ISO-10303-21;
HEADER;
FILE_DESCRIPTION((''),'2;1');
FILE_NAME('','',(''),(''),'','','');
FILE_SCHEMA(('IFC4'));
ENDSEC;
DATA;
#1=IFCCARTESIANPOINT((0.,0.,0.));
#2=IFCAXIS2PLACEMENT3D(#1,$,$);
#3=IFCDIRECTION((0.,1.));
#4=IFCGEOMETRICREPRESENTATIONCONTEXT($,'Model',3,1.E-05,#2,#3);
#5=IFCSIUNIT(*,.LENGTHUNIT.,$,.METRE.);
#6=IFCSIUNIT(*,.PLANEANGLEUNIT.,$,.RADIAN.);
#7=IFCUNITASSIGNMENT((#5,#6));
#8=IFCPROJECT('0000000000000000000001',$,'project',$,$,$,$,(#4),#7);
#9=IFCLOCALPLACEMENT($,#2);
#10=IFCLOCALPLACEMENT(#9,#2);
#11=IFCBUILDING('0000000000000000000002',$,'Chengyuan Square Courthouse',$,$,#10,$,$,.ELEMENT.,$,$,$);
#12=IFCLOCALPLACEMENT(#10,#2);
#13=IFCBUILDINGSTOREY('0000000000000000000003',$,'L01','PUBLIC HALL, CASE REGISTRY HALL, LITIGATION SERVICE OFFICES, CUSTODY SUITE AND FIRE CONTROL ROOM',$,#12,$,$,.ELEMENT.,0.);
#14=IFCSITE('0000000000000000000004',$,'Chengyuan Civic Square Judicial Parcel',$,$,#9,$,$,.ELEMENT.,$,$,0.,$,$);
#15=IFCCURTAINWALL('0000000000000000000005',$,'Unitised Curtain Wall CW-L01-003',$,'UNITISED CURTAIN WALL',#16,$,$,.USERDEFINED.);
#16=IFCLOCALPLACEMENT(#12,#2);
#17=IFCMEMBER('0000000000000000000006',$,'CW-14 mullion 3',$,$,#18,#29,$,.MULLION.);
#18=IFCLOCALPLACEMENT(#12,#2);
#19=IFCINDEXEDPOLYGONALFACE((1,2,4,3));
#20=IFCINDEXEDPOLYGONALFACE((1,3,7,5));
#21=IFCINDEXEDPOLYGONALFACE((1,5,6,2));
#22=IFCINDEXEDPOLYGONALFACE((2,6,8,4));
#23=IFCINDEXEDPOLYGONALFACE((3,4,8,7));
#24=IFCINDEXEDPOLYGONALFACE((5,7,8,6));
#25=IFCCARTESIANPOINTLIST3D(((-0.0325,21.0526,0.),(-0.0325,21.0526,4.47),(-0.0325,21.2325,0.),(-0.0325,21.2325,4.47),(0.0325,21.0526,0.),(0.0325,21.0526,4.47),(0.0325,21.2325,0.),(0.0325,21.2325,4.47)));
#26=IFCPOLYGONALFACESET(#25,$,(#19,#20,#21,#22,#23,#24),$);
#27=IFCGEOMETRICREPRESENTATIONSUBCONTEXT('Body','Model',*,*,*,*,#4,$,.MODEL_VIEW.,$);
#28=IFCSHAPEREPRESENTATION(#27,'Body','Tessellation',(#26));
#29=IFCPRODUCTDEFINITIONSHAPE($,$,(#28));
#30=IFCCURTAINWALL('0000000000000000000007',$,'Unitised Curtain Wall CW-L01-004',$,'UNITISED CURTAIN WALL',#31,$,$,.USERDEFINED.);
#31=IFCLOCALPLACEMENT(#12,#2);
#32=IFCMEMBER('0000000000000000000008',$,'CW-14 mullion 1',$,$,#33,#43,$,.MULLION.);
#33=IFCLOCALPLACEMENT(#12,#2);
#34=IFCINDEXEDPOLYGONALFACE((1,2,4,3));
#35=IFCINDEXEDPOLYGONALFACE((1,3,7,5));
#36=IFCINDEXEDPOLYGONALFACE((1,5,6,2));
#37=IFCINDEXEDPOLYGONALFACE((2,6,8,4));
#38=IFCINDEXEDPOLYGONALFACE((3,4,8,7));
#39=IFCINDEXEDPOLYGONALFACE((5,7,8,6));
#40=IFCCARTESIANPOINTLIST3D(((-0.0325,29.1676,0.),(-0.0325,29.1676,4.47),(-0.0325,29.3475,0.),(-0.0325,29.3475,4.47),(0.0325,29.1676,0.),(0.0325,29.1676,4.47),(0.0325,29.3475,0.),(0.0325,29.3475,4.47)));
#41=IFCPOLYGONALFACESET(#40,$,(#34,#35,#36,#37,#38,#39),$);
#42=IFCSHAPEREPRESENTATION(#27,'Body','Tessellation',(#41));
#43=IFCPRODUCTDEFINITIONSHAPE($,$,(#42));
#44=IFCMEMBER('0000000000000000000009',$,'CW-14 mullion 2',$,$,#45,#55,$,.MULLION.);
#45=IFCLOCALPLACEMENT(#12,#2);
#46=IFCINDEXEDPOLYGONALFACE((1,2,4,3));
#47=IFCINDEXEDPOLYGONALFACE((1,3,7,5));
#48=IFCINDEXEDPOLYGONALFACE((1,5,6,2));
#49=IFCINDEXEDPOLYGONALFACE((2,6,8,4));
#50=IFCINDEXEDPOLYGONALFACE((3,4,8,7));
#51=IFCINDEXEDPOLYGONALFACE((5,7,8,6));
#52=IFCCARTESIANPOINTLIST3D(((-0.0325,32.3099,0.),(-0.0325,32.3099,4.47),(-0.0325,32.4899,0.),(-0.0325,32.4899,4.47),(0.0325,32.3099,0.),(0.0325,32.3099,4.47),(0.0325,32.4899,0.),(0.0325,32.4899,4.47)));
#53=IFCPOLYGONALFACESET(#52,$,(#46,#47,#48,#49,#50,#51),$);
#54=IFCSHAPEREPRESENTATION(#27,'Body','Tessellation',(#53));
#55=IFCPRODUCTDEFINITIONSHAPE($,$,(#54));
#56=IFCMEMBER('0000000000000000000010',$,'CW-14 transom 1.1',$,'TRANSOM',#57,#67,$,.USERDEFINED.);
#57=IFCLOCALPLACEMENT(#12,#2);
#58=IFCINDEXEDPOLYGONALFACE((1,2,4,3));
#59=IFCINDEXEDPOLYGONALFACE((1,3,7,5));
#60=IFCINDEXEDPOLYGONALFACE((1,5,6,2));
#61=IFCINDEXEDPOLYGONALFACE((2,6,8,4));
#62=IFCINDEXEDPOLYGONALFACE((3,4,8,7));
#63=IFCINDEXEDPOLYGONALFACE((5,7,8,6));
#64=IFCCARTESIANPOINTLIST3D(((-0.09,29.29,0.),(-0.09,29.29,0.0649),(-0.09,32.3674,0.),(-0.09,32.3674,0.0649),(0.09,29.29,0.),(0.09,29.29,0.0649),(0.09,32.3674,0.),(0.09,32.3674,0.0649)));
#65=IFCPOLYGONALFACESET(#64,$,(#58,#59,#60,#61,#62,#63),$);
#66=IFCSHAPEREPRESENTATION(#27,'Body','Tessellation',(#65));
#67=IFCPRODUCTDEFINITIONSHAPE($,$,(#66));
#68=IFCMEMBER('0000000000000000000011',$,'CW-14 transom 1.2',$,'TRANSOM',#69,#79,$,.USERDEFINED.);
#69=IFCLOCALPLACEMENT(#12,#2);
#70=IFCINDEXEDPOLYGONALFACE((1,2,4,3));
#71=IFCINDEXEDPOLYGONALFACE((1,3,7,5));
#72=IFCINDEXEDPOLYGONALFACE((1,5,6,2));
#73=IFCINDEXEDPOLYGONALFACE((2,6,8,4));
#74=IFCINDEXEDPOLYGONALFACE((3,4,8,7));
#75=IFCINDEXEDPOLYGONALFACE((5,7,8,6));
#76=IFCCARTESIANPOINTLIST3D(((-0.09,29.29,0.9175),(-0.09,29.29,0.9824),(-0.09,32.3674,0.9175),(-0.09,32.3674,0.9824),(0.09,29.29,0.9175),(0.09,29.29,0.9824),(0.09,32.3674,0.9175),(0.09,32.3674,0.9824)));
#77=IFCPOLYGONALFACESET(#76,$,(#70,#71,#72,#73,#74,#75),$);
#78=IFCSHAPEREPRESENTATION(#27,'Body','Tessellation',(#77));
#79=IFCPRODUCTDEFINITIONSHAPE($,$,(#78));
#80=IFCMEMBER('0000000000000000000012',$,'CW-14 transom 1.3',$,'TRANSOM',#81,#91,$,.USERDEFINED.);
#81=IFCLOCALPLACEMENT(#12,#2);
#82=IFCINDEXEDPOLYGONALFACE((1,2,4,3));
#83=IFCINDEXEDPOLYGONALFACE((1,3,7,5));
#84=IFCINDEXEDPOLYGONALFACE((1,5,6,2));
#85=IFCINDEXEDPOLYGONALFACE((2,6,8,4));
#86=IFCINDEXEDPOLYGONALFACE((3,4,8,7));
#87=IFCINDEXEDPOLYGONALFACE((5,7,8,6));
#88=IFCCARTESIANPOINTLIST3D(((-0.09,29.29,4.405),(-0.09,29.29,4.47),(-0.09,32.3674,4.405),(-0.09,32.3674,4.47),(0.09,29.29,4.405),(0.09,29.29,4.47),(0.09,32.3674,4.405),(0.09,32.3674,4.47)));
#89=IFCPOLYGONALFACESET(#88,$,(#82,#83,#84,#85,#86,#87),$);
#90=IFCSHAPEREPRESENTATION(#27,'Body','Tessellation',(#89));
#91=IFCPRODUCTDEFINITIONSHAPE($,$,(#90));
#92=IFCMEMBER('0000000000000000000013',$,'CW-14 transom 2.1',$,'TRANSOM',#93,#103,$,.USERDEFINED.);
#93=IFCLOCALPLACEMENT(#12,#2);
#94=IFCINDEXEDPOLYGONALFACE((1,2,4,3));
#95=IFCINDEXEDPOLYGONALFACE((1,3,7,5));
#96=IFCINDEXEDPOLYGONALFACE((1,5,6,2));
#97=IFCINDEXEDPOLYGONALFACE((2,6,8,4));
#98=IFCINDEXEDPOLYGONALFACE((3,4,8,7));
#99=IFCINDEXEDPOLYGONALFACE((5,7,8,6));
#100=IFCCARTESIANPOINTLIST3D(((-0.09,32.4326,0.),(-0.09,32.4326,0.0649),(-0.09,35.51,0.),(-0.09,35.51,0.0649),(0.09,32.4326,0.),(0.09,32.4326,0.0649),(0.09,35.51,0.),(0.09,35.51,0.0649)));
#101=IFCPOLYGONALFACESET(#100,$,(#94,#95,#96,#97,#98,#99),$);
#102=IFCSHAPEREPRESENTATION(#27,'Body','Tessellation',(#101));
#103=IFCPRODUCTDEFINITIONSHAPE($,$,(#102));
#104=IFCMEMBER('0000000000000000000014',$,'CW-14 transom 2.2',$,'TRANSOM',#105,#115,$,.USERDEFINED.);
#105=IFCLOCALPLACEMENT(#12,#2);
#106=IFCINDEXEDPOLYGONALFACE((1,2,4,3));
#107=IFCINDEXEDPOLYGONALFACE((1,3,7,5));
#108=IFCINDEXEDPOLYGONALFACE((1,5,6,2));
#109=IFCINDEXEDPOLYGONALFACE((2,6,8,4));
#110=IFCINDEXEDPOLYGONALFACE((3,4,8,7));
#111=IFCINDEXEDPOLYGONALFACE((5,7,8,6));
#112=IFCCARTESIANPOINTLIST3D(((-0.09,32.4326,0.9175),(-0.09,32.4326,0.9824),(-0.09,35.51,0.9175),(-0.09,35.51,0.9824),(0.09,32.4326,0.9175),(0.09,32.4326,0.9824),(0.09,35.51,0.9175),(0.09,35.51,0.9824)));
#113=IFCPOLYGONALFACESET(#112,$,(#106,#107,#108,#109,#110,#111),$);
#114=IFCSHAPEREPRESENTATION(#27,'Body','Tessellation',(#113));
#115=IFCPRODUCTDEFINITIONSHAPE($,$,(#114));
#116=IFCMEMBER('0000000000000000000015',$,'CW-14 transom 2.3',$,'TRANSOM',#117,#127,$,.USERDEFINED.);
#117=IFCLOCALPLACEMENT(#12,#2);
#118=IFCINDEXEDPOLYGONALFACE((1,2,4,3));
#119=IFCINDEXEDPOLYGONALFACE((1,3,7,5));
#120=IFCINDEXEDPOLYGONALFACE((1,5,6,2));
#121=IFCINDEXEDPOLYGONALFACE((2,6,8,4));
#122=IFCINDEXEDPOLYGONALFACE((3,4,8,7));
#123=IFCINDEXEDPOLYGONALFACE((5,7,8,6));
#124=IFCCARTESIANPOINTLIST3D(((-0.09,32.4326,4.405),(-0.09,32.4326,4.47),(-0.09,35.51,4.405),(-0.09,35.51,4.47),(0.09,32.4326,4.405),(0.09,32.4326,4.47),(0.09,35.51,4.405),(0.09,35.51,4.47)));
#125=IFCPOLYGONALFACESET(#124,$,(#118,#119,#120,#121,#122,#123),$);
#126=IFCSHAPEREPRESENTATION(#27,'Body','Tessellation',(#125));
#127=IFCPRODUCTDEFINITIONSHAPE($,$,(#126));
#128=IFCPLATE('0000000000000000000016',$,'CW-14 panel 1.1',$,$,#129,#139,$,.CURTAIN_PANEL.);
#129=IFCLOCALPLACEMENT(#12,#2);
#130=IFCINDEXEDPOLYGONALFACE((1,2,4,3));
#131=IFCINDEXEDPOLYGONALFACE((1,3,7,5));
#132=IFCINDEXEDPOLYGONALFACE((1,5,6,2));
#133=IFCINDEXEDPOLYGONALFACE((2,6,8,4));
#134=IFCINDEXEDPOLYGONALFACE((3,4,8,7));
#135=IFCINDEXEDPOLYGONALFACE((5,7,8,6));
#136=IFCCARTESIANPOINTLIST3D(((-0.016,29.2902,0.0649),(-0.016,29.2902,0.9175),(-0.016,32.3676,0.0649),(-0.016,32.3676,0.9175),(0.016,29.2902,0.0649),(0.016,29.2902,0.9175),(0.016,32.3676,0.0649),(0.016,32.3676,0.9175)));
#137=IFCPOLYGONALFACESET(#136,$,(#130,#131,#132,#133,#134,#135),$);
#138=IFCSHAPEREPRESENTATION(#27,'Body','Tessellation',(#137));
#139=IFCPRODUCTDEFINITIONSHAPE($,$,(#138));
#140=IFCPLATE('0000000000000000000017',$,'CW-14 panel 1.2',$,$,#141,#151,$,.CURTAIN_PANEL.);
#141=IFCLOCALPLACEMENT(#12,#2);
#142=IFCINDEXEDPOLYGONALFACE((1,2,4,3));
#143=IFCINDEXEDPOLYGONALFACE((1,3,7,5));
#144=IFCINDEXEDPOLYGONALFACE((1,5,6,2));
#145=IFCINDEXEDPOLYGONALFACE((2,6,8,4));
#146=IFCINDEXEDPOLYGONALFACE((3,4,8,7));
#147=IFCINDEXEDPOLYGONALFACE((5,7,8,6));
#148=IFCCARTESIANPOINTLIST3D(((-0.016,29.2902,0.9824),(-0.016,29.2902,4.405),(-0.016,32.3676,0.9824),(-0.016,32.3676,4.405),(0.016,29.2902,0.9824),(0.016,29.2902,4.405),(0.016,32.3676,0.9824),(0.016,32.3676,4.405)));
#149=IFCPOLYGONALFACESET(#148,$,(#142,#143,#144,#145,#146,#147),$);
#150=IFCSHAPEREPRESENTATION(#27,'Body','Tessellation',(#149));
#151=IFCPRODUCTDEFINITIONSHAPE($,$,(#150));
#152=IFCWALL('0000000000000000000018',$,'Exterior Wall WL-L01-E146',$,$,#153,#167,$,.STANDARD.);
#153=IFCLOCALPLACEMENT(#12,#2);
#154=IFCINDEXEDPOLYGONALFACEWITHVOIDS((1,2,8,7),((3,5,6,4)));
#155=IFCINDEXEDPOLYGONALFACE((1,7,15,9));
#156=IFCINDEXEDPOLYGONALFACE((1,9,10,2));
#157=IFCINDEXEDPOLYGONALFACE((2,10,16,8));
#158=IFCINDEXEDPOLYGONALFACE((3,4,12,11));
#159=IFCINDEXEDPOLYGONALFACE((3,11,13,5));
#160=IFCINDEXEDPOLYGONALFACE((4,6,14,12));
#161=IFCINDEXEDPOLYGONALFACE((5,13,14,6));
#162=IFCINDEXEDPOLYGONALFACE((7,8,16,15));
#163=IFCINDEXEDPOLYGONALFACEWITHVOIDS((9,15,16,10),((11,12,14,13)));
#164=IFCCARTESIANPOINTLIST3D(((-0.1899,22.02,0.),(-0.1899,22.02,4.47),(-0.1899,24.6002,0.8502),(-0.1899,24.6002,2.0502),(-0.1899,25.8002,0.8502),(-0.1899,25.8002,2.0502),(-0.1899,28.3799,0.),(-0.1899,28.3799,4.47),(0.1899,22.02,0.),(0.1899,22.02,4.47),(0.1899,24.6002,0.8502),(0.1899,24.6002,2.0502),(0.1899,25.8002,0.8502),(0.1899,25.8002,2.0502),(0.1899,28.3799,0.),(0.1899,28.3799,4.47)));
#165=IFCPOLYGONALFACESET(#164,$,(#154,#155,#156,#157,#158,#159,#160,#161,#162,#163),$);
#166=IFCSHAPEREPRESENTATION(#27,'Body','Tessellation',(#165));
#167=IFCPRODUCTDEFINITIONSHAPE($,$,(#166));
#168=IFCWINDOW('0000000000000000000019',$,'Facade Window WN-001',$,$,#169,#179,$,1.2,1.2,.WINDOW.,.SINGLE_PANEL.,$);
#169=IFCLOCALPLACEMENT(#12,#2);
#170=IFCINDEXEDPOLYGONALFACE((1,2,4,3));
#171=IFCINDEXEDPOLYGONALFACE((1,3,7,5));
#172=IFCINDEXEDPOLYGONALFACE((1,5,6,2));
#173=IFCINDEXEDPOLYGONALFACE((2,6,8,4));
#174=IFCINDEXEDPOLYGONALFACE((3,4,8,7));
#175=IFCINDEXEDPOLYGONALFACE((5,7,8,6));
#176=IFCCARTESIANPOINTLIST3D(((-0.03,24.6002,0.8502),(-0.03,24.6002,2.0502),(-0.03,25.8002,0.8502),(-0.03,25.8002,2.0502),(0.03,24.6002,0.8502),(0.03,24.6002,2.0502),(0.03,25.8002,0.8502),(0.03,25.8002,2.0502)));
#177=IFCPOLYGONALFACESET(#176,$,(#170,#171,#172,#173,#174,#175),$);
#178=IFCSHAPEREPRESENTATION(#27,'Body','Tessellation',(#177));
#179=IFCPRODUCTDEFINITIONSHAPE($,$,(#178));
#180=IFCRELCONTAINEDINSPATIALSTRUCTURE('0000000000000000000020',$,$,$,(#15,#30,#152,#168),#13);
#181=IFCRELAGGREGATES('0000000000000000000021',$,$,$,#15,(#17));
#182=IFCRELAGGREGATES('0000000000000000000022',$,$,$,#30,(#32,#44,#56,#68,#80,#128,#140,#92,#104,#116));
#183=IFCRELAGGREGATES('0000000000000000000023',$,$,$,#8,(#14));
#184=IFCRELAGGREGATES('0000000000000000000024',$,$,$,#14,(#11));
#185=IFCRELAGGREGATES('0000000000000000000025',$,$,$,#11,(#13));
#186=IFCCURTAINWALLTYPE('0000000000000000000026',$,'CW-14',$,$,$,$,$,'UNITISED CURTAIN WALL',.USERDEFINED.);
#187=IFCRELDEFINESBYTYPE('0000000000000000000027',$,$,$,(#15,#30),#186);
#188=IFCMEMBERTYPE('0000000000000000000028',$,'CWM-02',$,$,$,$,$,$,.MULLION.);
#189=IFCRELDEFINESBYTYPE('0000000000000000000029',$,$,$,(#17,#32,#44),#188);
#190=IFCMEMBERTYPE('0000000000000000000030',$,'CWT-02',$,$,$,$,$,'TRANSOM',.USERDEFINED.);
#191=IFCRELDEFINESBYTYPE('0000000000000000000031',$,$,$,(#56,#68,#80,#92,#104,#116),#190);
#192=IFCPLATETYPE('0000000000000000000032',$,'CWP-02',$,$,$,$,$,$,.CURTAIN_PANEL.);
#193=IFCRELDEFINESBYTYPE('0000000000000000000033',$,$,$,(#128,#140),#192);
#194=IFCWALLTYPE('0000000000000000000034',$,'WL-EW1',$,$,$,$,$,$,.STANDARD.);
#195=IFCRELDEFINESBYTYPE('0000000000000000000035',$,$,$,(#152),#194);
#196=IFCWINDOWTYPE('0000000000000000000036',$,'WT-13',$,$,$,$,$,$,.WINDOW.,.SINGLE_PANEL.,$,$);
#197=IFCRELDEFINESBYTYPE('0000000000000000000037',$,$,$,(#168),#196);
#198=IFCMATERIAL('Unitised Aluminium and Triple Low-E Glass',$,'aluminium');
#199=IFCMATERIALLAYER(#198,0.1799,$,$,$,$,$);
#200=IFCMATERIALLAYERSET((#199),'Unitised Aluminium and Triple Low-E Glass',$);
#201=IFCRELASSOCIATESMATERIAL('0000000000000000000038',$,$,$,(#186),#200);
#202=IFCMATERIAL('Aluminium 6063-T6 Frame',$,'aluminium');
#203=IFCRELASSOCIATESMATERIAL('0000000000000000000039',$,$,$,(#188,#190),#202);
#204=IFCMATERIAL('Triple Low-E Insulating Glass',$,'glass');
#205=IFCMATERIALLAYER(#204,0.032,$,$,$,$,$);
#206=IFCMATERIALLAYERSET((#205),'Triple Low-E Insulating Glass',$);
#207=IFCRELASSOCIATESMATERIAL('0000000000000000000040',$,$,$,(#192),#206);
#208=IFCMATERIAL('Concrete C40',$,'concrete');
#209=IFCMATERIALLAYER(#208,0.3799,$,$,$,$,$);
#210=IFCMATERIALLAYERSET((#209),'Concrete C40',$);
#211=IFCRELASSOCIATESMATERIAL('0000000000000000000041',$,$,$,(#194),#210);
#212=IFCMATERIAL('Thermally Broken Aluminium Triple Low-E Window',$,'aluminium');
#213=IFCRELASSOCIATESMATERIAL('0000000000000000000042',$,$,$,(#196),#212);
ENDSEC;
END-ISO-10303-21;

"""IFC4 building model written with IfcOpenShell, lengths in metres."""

from ifc_helpers import new_model, si_unit, direction, frame, frame_2d, origin, origin_2d, place, context, subcontext, project, spatial, rectangle, extrude, material, layer, layer_set, material_profile, profile_set, type_object, element, fill, aggregate, save


model = new_model("IFC4")

# Units and contexts
model_context = context("Model", 3, precision=1e-05, world=origin(), true_north=direction((0.0, 1.0)))
body_context = subcontext(model_context, "Body", "Model", "MODEL_VIEW")
ifc_project = project(units=[si_unit("LENGTHUNIT", "METRE"), si_unit("PLANEANGLEUNIT", "RADIAN")], contexts=[model_context])

# Site, building, storey
site_placement = place(None, origin())
site = spatial("IfcSite", under=ifc_project, at=site_placement, Name="Chengyuan Civic Square Judicial Parcel", CompositionType="ELEMENT", RefElevation=0.0)
building_placement = place(site_placement, origin())
building = spatial("IfcBuilding", under=site, at=building_placement, Name="Chengyuan Square Courthouse", CompositionType="ELEMENT")
storey_placement = place(building_placement, origin())
storey = spatial("IfcBuildingStorey", under=building, at=storey_placement, Name="L01", Description="PUBLIC HALL, CASE REGISTRY HALL, LITIGATION SERVICE OFFICES, CUSTODY SUITE AND FIRE CONTROL ROOM", CompositionType="ELEMENT", Elevation=0.0)

# Shared definitions
ifc_material_1 = material(Name="Concrete C40", Category="concrete")

# Curtain wall, member
ifc_material_2 = material(Name="Unitised Aluminium and Triple Low-E Glass", Category="aluminium")
ifc_layer_1 = layer(ifc_material_2, 0.1799)
ifc_layer_set_1 = layer_set([ifc_layer_1], Name="Unitised Aluminium and Triple Low-E Glass")
curtain_wall_type = type_object("IfcCurtainWallType", Name="CW-14", ElementType="UNITISED CURTAIN WALL", PredefinedType="USERDEFINED", material=ifc_layer_set_1)
curtain_wall_1_placement = place(storey_placement, origin())
curtain_wall_1 = element("IfcCurtainWall", 1, at=curtain_wall_1_placement, inside=storey, type_object=curtain_wall_type, Name="Unitised Curtain Wall CW-L01-003", ObjectType="UNITISED CURTAIN WALL", PredefinedType="USERDEFINED")
ifc_material_3 = material(Name="Aluminium 6063-T6 Frame", Category="aluminium")
ifc_material_profile_1 = material_profile(ifc_material_3, rectangle(XDim=0.0649, YDim=0.1799, at=origin_2d()), Name="CW-MUL-65x180")
ifc_profile_set_1 = profile_set([ifc_material_profile_1], Name="Aluminium 6063-T6 Frame")
member_type_1 = type_object("IfcMemberType", Name="CWM-02", PredefinedType="MULLION", material=ifc_profile_set_1)
member_1_placement = place(storey_placement, frame((0.0, 21.1426, 0.0), z_axis=(0.0, 0.0, 1.0), x_axis=(-1.0, 0.0, 0.0)))
member_1 = element("IfcMember", 2, at=member_1_placement, type_object=member_type_1, Name="CW-14 mullion 3", PredefinedType="MULLION", context=body_context, shape_type="SweptSolid", body=[
    extrude(rectangle(XDim=0.0649, YDim=0.1799, at=origin_2d()), origin(), (0.0, 0.0, 1.0), 4.47),
])
aggregate(curtain_wall_1, [member_1])

# Curtain wall, members, plates
curtain_wall_2_placement = place(storey_placement, origin())
curtain_wall_2 = element("IfcCurtainWall", 3, at=curtain_wall_2_placement, inside=storey, type_object=curtain_wall_type, Name="Unitised Curtain Wall CW-L01-004", ObjectType="UNITISED CURTAIN WALL", PredefinedType="USERDEFINED")
member_2_placement = place(storey_placement, frame((0.0, 29.2576, 0.0), z_axis=(0.0, 0.0, 1.0), x_axis=(-1.0, 0.0, 0.0)))
member_2 = element("IfcMember", 4, at=member_2_placement, type_object=member_type_1, Name="CW-14 mullion 1", PredefinedType="MULLION", context=body_context, shape_type="SweptSolid", body=[
    extrude(rectangle(XDim=0.0649, YDim=0.1799, at=origin_2d()), origin(), (0.0, 0.0, 1.0), 4.47),
])
member_3_placement = place(storey_placement, frame((0.0, 32.3999, 0.0), z_axis=(0.0, 0.0, 1.0), x_axis=(-1.0, 0.0, 0.0)))
member_3 = element("IfcMember", 5, at=member_3_placement, type_object=member_type_1, Name="CW-14 mullion 2", PredefinedType="MULLION", context=body_context, shape_type="SweptSolid", body=[
    extrude(rectangle(XDim=0.0649, YDim=0.1799, at=origin_2d()), origin(), (0.0, 0.0, 1.0), 4.47),
])
ifc_material_profile_2 = material_profile(ifc_material_3, rectangle(XDim=0.1799, YDim=0.0649, at=origin_2d()), Name="CW-TRN-65x140")
ifc_profile_set_2 = profile_set([ifc_material_profile_2], Name="Aluminium 6063-T6 Frame")
member_type_2 = type_object("IfcMemberType", Name="CWT-02", ElementType="TRANSOM", PredefinedType="USERDEFINED", material=ifc_profile_set_2)
member_4_placement = place(storey_placement, frame((0.0, 29.29, 0.0325), z_axis=(0.0, 1.0, 0.0), x_axis=(-1.0, 0.0, 0.0)))
member_4 = element("IfcMember", 6, at=member_4_placement, type_object=member_type_2, Name="CW-14 transom 1.1", ObjectType="TRANSOM", PredefinedType="USERDEFINED", context=body_context, shape_type="SweptSolid", body=[
    extrude(rectangle(XDim=0.1799, YDim=0.0649, at=origin_2d()), origin(), (0.0, 0.0, 1.0), 3.0774),
])
member_5_placement = place(storey_placement, frame((0.0, 29.29, 0.95), z_axis=(0.0, 1.0, 0.0), x_axis=(-1.0, 0.0, 0.0)))
member_5 = element("IfcMember", 7, at=member_5_placement, type_object=member_type_2, Name="CW-14 transom 1.2", ObjectType="TRANSOM", PredefinedType="USERDEFINED", context=body_context, shape_type="SweptSolid", body=[
    extrude(rectangle(XDim=0.1799, YDim=0.0649, at=origin_2d()), origin(), (0.0, 0.0, 1.0), 3.0774),
])
member_6_placement = place(storey_placement, frame((0.0, 29.29, 4.4375), z_axis=(0.0, 1.0, 0.0), x_axis=(-1.0, 0.0, 0.0)))
member_6 = element("IfcMember", 8, at=member_6_placement, type_object=member_type_2, Name="CW-14 transom 1.3", ObjectType="TRANSOM", PredefinedType="USERDEFINED", context=body_context, shape_type="SweptSolid", body=[
    extrude(rectangle(XDim=0.1799, YDim=0.0649, at=origin_2d()), origin(), (0.0, 0.0, 1.0), 3.0774),
])
member_7_placement = place(storey_placement, frame((0.0, 32.4326, 0.0325), z_axis=(0.0, 1.0, 0.0), x_axis=(-1.0, 0.0, 0.0)))
member_7 = element("IfcMember", 9, at=member_7_placement, type_object=member_type_2, Name="CW-14 transom 2.1", ObjectType="TRANSOM", PredefinedType="USERDEFINED", context=body_context, shape_type="SweptSolid", body=[
    extrude(rectangle(XDim=0.1799, YDim=0.0649, at=origin_2d()), origin(), (0.0, 0.0, 1.0), 3.0774),
])
member_8_placement = place(storey_placement, frame((0.0, 32.4326, 0.95), z_axis=(0.0, 1.0, 0.0), x_axis=(-1.0, 0.0, 0.0)))
member_8 = element("IfcMember", 10, at=member_8_placement, type_object=member_type_2, Name="CW-14 transom 2.2", ObjectType="TRANSOM", PredefinedType="USERDEFINED", context=body_context, shape_type="SweptSolid", body=[
    extrude(rectangle(XDim=0.1799, YDim=0.0649, at=origin_2d()), origin(), (0.0, 0.0, 1.0), 3.0774),
])
member_9_placement = place(storey_placement, frame((0.0, 32.4326, 4.4375), z_axis=(0.0, 1.0, 0.0), x_axis=(-1.0, 0.0, 0.0)))
member_9 = element("IfcMember", 11, at=member_9_placement, type_object=member_type_2, Name="CW-14 transom 2.3", ObjectType="TRANSOM", PredefinedType="USERDEFINED", context=body_context, shape_type="SweptSolid", body=[
    extrude(rectangle(XDim=0.1799, YDim=0.0649, at=origin_2d()), origin(), (0.0, 0.0, 1.0), 3.0774),
])
ifc_material_4 = material(Name="Triple Low-E Insulating Glass", Category="glass")
ifc_layer_2 = layer(ifc_material_4, 0.032)
ifc_layer_set_2 = layer_set([ifc_layer_2], Name="Triple Low-E Insulating Glass")
plate_type = type_object("IfcPlateType", Name="CWP-02", PredefinedType="CURTAIN_PANEL", material=ifc_layer_set_2)
plate_1_placement = place(storey_placement, frame((0.0, 30.8289, 0.0649), z_axis=(0.0, 0.0, 1.0), x_axis=(0.0, 1.0, 0.0)))
plate_1 = element("IfcPlate", 12, at=plate_1_placement, type_object=plate_type, Name="CW-14 panel 1.1", PredefinedType="CURTAIN_PANEL", context=body_context, shape_type="SweptSolid", body=[
    extrude(rectangle(XDim=3.0774, YDim=0.032, at=origin_2d()), origin(), (0.0, 0.0, 1.0), 0.8525),
])
plate_2_placement = place(storey_placement, frame((0.0, 30.8289, 0.9824), z_axis=(0.0, 0.0, 1.0), x_axis=(0.0, 1.0, 0.0)))
plate_2 = element("IfcPlate", 13, at=plate_2_placement, type_object=plate_type, Name="CW-14 panel 1.2", PredefinedType="CURTAIN_PANEL", context=body_context, shape_type="SweptSolid", body=[
    extrude(rectangle(XDim=3.0774, YDim=0.032, at=origin_2d()), origin(), (0.0, 0.0, 1.0), 3.4226),
])
aggregate(curtain_wall_2, [member_2, member_3, member_4, member_5, member_6, plate_1, plate_2, member_7, member_8, member_9])

# Wall, opening, window
ifc_layer_3 = layer(ifc_material_1, 0.3799)
ifc_layer_set_3 = layer_set([ifc_layer_3], Name="Concrete C40")
wall_type_1 = type_object("IfcWallType", Name="WL-EW1", PredefinedType="STANDARD", material=ifc_layer_set_3)
wall_placement = place(storey_placement, frame((0.0, 22.02, 0.0), z_axis=(0.0, 0.0, 1.0), x_axis=(0.0, 1.0, 0.0)))
wall = element("IfcWall", 14, at=wall_placement, inside=storey, type_object=wall_type_1, Name="Exterior Wall WL-L01-E146", PredefinedType="STANDARD", context=body_context, shape_type="SweptSolid", body=[
    extrude(rectangle(XDim=6.3599, YDim=0.3799, at=frame_2d((3.1799, 0.0))), origin(), (0.0, 0.0, 1.0), 4.47),
])
opening_placement = place(wall_placement, frame((2.5801, 0.0, 0.8501)))
opening = element("IfcOpeningElement", 15, at=opening_placement, cuts=wall, PredefinedType="OPENING", context=body_context, shape_type="SweptSolid", body=[
    extrude(rectangle(XDim=1.2, YDim=1.2, at=frame_2d((0.6001, 0.6001))), frame((0.0, 0.2019, 0.0), z_axis=(0.0, -1.0, 0.0), x_axis=(1.0, 0.0, 0.0)), (0.0, 0.0, 1.0), 0.4038),
])
ifc_material_5 = material(Name="Thermally Broken Aluminium Triple Low-E Window", Category="aluminium")
window_type = type_object("IfcWindowType", Name="WT-13", PartitioningType="SINGLE_PANEL", PredefinedType="WINDOW", material=ifc_material_5)
window_placement = place(opening_placement, origin())
window = element("IfcWindow", 16, at=window_placement, inside=storey, type_object=window_type, Name="Facade Window WN-001", OverallHeight=1.2, OverallWidth=1.2, PartitioningType="SINGLE_PANEL", PredefinedType="WINDOW", context=body_context, shape_type="SweptSolid", body=[
    extrude(rectangle(XDim=1.2, YDim=1.2, at=frame_2d((0.6001, 0.6001))), frame((0.0, 0.03, 0.0), z_axis=(0.0, -1.0, 0.0), x_axis=(1.0, 0.0, 0.0)), (0.0, 0.0, 1.0), 0.0601),
])
fill(opening, window)

save(model, "model.ifc")
